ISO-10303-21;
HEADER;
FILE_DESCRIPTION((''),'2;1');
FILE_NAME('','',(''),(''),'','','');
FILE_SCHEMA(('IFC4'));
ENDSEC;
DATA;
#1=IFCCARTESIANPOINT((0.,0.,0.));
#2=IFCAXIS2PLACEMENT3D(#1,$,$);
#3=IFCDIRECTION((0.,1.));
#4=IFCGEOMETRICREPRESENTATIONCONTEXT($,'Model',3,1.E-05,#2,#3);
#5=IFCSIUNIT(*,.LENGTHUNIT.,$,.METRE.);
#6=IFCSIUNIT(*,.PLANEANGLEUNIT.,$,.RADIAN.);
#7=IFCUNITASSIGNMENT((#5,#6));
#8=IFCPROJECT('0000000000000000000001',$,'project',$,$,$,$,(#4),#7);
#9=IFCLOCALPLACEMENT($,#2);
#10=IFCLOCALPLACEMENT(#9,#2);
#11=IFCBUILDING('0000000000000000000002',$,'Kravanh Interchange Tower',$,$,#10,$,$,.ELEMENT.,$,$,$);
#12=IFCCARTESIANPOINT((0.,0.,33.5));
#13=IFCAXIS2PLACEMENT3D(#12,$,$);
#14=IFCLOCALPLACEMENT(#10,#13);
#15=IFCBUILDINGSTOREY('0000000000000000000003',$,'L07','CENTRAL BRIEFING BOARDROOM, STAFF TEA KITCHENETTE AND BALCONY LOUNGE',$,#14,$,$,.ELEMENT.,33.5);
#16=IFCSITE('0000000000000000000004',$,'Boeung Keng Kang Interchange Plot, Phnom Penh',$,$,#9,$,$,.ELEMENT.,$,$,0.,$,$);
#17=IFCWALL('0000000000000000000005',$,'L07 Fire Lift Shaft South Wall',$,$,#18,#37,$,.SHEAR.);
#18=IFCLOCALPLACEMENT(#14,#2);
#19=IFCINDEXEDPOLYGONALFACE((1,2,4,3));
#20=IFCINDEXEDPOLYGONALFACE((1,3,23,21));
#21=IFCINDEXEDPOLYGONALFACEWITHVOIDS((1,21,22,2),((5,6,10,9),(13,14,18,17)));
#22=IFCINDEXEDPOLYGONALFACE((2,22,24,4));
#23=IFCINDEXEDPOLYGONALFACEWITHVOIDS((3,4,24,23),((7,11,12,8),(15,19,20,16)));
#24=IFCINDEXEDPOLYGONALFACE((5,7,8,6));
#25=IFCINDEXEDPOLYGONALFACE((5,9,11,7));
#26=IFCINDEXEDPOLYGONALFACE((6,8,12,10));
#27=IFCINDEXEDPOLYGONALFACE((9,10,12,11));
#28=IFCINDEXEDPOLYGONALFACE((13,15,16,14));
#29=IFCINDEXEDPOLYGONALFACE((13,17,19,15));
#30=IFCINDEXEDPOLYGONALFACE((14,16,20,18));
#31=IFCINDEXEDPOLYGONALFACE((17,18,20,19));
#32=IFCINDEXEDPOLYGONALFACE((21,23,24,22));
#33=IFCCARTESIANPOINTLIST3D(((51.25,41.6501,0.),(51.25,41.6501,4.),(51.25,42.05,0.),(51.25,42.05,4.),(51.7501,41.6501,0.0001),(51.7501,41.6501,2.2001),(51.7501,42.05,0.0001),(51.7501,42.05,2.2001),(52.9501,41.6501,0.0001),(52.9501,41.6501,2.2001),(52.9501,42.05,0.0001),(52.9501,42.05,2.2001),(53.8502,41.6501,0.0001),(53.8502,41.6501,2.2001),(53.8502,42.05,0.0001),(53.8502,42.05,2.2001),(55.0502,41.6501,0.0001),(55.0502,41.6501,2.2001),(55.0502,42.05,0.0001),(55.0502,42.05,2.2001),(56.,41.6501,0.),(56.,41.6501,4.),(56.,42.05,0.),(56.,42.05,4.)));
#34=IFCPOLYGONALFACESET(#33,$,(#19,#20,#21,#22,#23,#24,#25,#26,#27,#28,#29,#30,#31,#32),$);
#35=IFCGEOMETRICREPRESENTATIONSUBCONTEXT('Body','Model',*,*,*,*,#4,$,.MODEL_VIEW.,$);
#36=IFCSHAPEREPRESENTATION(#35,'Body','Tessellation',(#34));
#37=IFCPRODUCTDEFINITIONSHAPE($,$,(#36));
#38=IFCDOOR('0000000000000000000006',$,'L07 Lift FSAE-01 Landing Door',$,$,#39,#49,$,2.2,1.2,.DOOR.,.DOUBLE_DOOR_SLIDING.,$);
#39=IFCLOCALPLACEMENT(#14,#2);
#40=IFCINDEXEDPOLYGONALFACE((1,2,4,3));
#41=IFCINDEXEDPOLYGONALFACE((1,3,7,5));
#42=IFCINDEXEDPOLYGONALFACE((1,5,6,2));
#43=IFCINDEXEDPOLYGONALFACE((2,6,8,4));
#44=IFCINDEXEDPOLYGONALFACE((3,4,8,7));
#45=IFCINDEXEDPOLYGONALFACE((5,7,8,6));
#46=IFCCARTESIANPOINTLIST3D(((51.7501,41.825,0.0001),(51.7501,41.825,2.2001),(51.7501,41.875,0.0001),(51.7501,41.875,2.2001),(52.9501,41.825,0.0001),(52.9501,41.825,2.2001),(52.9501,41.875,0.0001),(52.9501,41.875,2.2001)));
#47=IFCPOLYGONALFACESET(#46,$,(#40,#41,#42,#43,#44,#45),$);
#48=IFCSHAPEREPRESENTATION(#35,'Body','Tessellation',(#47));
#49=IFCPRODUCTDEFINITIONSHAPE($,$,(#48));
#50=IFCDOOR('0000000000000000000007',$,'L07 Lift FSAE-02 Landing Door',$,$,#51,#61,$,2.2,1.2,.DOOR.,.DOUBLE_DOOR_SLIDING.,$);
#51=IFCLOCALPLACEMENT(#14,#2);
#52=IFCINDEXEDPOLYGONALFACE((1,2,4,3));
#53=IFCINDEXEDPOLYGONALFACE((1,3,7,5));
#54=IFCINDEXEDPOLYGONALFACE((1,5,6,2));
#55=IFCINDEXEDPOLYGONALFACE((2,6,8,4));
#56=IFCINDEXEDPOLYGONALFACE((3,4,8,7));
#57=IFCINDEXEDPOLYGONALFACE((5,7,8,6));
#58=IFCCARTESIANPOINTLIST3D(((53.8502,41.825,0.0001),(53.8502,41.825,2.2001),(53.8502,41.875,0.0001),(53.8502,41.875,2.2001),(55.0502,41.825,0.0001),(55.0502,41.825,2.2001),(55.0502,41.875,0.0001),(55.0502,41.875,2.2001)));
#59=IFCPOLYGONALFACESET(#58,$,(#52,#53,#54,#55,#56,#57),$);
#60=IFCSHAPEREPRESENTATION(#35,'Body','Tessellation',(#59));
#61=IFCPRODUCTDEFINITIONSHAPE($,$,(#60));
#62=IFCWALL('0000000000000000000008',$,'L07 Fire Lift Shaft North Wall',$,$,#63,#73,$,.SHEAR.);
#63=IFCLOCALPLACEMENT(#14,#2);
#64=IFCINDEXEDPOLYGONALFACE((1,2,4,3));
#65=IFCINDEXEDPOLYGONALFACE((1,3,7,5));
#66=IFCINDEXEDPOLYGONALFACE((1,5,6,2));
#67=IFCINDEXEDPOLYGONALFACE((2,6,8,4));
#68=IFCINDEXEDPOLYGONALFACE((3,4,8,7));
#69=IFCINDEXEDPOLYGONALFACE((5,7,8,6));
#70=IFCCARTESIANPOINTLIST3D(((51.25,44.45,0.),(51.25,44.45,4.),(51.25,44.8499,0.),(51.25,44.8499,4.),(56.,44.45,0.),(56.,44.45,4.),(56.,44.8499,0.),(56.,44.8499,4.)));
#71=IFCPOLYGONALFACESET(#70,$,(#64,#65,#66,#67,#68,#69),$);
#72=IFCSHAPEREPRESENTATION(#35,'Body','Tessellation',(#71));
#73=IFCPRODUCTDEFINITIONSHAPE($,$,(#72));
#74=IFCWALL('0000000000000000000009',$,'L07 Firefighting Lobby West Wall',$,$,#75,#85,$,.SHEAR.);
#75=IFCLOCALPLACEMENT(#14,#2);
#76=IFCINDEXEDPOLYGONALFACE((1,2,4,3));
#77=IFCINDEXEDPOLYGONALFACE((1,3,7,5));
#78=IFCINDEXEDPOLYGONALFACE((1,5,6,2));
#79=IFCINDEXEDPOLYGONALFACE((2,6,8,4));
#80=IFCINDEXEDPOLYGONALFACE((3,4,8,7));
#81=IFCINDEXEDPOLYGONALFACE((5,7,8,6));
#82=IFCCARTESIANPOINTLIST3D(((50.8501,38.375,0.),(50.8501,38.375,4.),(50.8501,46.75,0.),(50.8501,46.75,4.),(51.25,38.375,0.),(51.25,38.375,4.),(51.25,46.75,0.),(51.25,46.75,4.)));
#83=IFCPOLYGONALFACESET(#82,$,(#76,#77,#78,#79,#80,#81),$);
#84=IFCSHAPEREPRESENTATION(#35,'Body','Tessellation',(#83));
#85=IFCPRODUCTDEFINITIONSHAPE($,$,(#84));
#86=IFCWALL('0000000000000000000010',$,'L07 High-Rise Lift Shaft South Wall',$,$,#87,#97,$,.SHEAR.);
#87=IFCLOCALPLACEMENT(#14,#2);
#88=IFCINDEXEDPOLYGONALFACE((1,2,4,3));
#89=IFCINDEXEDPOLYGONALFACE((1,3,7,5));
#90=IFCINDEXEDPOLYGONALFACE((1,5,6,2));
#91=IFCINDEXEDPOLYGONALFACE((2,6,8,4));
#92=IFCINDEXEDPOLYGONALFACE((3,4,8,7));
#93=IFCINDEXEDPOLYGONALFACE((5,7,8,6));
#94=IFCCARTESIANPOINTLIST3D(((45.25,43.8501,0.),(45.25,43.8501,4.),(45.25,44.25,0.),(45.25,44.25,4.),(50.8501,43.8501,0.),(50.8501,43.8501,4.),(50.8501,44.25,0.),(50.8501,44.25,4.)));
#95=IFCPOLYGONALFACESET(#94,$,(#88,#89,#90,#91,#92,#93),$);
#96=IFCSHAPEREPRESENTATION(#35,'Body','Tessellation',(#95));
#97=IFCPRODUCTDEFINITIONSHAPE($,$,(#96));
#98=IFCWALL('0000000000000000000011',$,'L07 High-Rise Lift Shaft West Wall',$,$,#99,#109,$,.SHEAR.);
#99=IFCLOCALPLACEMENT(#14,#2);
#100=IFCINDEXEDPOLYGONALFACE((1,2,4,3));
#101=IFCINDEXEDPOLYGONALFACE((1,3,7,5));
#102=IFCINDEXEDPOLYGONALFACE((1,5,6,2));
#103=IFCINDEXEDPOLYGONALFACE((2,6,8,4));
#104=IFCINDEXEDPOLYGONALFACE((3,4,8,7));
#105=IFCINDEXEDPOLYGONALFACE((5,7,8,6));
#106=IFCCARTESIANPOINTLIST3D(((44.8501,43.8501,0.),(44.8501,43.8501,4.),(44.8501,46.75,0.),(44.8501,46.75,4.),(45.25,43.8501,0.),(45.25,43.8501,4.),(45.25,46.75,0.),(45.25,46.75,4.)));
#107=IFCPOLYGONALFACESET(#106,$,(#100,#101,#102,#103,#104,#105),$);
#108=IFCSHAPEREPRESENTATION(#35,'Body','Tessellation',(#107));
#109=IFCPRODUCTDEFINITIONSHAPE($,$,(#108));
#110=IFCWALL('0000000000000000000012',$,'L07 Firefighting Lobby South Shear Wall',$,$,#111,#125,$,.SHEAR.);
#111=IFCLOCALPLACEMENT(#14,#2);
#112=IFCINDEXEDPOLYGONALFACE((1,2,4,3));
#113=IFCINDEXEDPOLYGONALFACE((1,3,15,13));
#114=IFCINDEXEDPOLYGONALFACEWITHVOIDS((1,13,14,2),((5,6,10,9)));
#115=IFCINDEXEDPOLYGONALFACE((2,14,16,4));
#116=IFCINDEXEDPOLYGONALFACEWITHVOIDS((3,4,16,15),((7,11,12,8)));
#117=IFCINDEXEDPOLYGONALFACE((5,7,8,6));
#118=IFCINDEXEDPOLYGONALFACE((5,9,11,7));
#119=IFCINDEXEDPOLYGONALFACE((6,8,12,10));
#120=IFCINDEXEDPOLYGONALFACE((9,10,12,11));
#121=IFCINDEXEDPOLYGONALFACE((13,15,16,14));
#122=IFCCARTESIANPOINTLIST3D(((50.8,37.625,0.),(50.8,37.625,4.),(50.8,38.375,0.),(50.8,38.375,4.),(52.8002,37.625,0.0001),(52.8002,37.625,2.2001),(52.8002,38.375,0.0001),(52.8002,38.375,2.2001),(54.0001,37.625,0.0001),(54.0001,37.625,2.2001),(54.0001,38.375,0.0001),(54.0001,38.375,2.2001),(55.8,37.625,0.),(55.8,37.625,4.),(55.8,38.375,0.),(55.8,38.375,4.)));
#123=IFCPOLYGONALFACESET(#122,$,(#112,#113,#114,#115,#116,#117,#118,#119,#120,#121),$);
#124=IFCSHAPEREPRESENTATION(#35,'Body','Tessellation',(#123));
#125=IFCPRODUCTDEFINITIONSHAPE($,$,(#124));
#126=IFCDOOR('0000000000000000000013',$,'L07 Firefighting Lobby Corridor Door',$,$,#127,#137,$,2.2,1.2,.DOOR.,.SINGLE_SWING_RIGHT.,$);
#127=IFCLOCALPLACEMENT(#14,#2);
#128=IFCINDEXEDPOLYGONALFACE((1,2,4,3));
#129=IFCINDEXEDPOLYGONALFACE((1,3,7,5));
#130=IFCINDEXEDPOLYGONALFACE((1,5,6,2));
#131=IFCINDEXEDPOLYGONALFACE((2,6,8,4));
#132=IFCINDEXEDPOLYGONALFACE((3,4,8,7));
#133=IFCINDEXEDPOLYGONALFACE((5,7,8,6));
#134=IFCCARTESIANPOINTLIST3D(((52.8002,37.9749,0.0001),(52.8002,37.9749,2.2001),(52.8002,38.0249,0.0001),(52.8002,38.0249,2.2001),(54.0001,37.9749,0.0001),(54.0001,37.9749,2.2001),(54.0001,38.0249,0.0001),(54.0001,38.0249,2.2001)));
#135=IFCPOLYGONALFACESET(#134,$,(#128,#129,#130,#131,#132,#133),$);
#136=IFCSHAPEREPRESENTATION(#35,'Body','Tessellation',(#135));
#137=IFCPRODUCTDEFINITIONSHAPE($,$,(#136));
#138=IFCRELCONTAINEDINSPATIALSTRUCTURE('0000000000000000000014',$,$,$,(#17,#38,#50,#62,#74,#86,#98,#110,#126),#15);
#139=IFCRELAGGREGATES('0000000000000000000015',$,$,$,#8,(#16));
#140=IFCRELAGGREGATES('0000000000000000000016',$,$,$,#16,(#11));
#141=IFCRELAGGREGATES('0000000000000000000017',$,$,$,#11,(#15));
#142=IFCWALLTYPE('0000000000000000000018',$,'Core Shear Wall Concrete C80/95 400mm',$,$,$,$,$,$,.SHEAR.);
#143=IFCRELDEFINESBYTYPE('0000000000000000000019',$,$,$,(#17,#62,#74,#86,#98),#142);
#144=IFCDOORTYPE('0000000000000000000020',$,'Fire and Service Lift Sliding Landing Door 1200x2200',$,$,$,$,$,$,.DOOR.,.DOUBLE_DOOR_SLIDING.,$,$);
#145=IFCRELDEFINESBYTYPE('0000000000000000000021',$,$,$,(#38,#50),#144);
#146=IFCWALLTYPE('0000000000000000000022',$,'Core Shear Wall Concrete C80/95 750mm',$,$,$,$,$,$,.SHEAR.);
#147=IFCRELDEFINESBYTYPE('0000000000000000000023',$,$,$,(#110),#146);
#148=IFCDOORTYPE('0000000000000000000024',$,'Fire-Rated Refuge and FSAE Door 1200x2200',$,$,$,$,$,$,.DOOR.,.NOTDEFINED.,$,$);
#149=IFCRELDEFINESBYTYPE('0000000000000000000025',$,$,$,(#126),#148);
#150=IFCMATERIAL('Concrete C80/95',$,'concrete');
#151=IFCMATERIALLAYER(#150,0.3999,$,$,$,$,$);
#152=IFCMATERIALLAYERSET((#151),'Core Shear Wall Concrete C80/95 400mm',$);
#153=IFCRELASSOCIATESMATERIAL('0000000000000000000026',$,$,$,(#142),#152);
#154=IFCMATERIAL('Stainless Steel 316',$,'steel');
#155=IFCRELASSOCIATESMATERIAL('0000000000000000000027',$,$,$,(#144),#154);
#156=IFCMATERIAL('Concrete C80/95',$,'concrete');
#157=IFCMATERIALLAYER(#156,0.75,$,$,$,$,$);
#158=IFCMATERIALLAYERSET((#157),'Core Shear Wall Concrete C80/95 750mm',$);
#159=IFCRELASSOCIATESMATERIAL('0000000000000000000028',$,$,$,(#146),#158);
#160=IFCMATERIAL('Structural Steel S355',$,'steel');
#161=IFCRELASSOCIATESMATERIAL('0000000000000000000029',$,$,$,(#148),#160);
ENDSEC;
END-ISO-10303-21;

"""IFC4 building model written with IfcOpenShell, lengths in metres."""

from ifc_helpers import new_model, si_unit, direction, frame, frame_2d, origin, place, context, subcontext, project, spatial, rectangle, extrude, material, layer, layer_set, type_object, element, fill, save


model = new_model("IFC4")

# Units and contexts
model_context = context("Model", 3, precision=1e-05, world=origin(), true_north=direction((0.0, 1.0)))
body_context = subcontext(model_context, "Body", "Model", "MODEL_VIEW")
ifc_project = project(units=[si_unit("LENGTHUNIT", "METRE"), si_unit("PLANEANGLEUNIT", "RADIAN")], contexts=[model_context])

# Site, building, storey
site_placement = place(None, origin())
site = spatial("IfcSite", under=ifc_project, at=site_placement, Name="Boeung Keng Kang Interchange Plot, Phnom Penh", CompositionType="ELEMENT", RefElevation=0.0)
building_placement = place(site_placement, origin())
building = spatial("IfcBuilding", under=site, at=building_placement, Name="Kravanh Interchange Tower", CompositionType="ELEMENT")
storey_placement = place(building_placement, frame((0.0, 0.0, 33.5)))
storey = spatial("IfcBuildingStorey", under=building, at=storey_placement, Name="L07", Description="CENTRAL BRIEFING BOARDROOM, STAFF TEA KITCHENETTE AND BALCONY LOUNGE", CompositionType="ELEMENT", Elevation=33.5)

# Wall, openings, doors
ifc_material_1 = material(Name="Concrete C80/95", Category="concrete")
ifc_layer_1 = layer(ifc_material_1, 0.3999)
ifc_layer_set_1 = layer_set([ifc_layer_1], Name="Core Shear Wall Concrete C80/95 400mm")
wall_type_1 = type_object("IfcWallType", Name="Core Shear Wall Concrete C80/95 400mm", PredefinedType="SHEAR", material=ifc_layer_set_1)
wall_1_placement = place(storey_placement, frame((51.25, 41.8501, 0.0), z_axis=(0.0, 0.0, 1.0), x_axis=(1.0, 0.0, 0.0)))
wall_1 = element("IfcWall", 1, at=wall_1_placement, inside=storey, type_object=wall_type_1, Name="L07 Fire Lift Shaft South Wall", PredefinedType="SHEAR", context=body_context, shape_type="SweptSolid", body=[
    extrude(rectangle(XDim=4.75, YDim=0.3999, at=frame_2d((2.375, 0.0))), origin(), (0.0, 0.0, 1.0), 4.0),
])
opening_1_placement = place(wall_1_placement, frame((0.5, 0.0, 0.0)))
opening_1 = element("IfcOpeningElement", 2, at=opening_1_placement, cuts=wall_1, PredefinedType="OPENING", context=body_context, shape_type="SweptSolid", body=[
    extrude(rectangle(XDim=1.2, YDim=2.2, at=frame_2d((0.6001, 1.1001))), frame((0.0, 0.21, 0.0), z_axis=(0.0, -1.0, 0.0), x_axis=(1.0, 0.0, 0.0)), (0.0, 0.0, 1.0), 0.4199),
])
opening_2_placement = place(wall_1_placement, frame((2.6001, 0.0, 0.0)))
opening_2 = element("IfcOpeningElement", 3, at=opening_2_placement, cuts=wall_1, PredefinedType="OPENING", context=body_context, shape_type="SweptSolid", body=[
    extrude(rectangle(XDim=1.2, YDim=2.2, at=frame_2d((0.6001, 1.1001))), frame((0.0, 0.21, 0.0), z_axis=(0.0, -1.0, 0.0), x_axis=(1.0, 0.0, 0.0)), (0.0, 0.0, 1.0), 0.4199),
])
ifc_material_2 = material(Name="Stainless Steel 316", Category="steel")
door_type_1 = type_object("IfcDoorType", Name="Fire and Service Lift Sliding Landing Door 1200x2200", OperationType="DOUBLE_DOOR_SLIDING", PredefinedType="DOOR", material=ifc_material_2)
door_1_placement = place(opening_1_placement, origin())
door_1 = element("IfcDoor", 4, at=door_1_placement, inside=storey, type_object=door_type_1, Name="L07 Lift FSAE-01 Landing Door", OperationType="DOUBLE_DOOR_SLIDING", OverallHeight=2.2, OverallWidth=1.2, PredefinedType="DOOR", context=body_context, shape_type="SweptSolid", body=[
    extrude(rectangle(XDim=1.2, YDim=2.2, at=frame_2d((0.6001, 1.1001))), frame((0.0, 0.0249, 0.0), z_axis=(0.0, -1.0, 0.0), x_axis=(1.0, 0.0, 0.0)), (0.0, 0.0, 1.0), 0.05),
])
fill(opening_1, door_1)
door_2_placement = place(opening_2_placement, origin())
door_2 = element("IfcDoor", 5, at=door_2_placement, inside=storey, type_object=door_type_1, Name="L07 Lift FSAE-02 Landing Door", OperationType="DOUBLE_DOOR_SLIDING", OverallHeight=2.2, OverallWidth=1.2, PredefinedType="DOOR", context=body_context, shape_type="SweptSolid", body=[
    extrude(rectangle(XDim=1.2, YDim=2.2, at=frame_2d((0.6001, 1.1001))), frame((0.0, 0.0249, 0.0), z_axis=(0.0, -1.0, 0.0), x_axis=(1.0, 0.0, 0.0)), (0.0, 0.0, 1.0), 0.05),
])
fill(opening_2, door_2)

# Walls
wall_2_placement = place(storey_placement, frame((51.25, 44.6499, 0.0), z_axis=(0.0, 0.0, 1.0), x_axis=(1.0, 0.0, 0.0)))
element("IfcWall", 6, at=wall_2_placement, inside=storey, type_object=wall_type_1, Name="L07 Fire Lift Shaft North Wall", PredefinedType="SHEAR", context=body_context, shape_type="SweptSolid", body=[
    extrude(rectangle(XDim=4.75, YDim=0.3999, at=frame_2d((2.375, 0.0))), origin(), (0.0, 0.0, 1.0), 4.0),
])
wall_3_placement = place(storey_placement, frame((51.05, 38.375, 0.0), z_axis=(0.0, 0.0, 1.0), x_axis=(0.0, 1.0, 0.0)))
element("IfcWall", 7, at=wall_3_placement, inside=storey, type_object=wall_type_1, Name="L07 Firefighting Lobby West Wall", PredefinedType="SHEAR", context=body_context, shape_type="SweptSolid", body=[
    extrude(rectangle(XDim=8.375, YDim=0.3999, at=frame_2d((4.1875, 0.0))), origin(), (0.0, 0.0, 1.0), 4.0),
])
wall_4_placement = place(storey_placement, frame((45.25, 44.05, 0.0), z_axis=(0.0, 0.0, 1.0), x_axis=(1.0, 0.0, 0.0)))
element("IfcWall", 8, at=wall_4_placement, inside=storey, type_object=wall_type_1, Name="L07 High-Rise Lift Shaft South Wall", PredefinedType="SHEAR", context=body_context, shape_type="SweptSolid", body=[
    extrude(rectangle(XDim=5.6001, YDim=0.3999, at=frame_2d((2.8, 0.0))), origin(), (0.0, 0.0, 1.0), 4.0),
])
wall_5_placement = place(storey_placement, frame((45.05, 43.8501, 0.0), z_axis=(0.0, 0.0, 1.0), x_axis=(0.0, 1.0, 0.0)))
element("IfcWall", 9, at=wall_5_placement, inside=storey, type_object=wall_type_1, Name="L07 High-Rise Lift Shaft West Wall", PredefinedType="SHEAR", context=body_context, shape_type="SweptSolid", body=[
    extrude(rectangle(XDim=2.8999, YDim=0.3999, at=frame_2d((1.45, 0.0))), origin(), (0.0, 0.0, 1.0), 4.0),
])

# Shared definitions
ifc_material_3 = material(Name="Concrete C80/95", Category="concrete")
ifc_layer_2 = layer(ifc_material_3, 0.75)
ifc_layer_set_2 = layer_set([ifc_layer_2], Name="Core Shear Wall Concrete C80/95 750mm")
wall_type_2 = type_object("IfcWallType", Name="Core Shear Wall Concrete C80/95 750mm", PredefinedType="SHEAR", material=ifc_layer_set_2)

# Wall, opening, door
wall_6_placement = place(storey_placement, frame((50.8, 38.0, 0.0), z_axis=(0.0, 0.0, 1.0), x_axis=(1.0, 0.0, 0.0)))
wall_6 = element("IfcWall", 10, at=wall_6_placement, inside=storey, type_object=wall_type_2, Name="L07 Firefighting Lobby South Shear Wall", PredefinedType="SHEAR", context=body_context, shape_type="SweptSolid", body=[
    extrude(rectangle(XDim=5.0, YDim=0.75, at=frame_2d((2.5, 0.0))), origin(), (0.0, 0.0, 1.0), 4.0),
])
opening_3_placement = place(wall_6_placement, frame((2.0, 0.0, 0.0)))
opening_3 = element("IfcOpeningElement", 11, at=opening_3_placement, cuts=wall_6, PredefinedType="OPENING", context=body_context, shape_type="SweptSolid", body=[
    extrude(rectangle(XDim=1.2, YDim=2.2, at=frame_2d((0.6001, 1.1001))), frame((0.0, 0.385, 0.0), z_axis=(0.0, -1.0, 0.0), x_axis=(1.0, 0.0, 0.0)), (0.0, 0.0, 1.0), 0.77),
])
ifc_material_4 = material(Name="Structural Steel S355", Category="steel")
door_type_2 = type_object("IfcDoorType", Name="Fire-Rated Refuge and FSAE Door 1200x2200", OperationType="NOTDEFINED", PredefinedType="DOOR", material=ifc_material_4)
door_3_placement = place(opening_3_placement, origin())
door_3 = element("IfcDoor", 12, at=door_3_placement, inside=storey, type_object=door_type_2, Name="L07 Firefighting Lobby Corridor Door", OperationType="SINGLE_SWING_RIGHT", OverallHeight=2.2, OverallWidth=1.2, PredefinedType="DOOR", context=body_context, shape_type="SweptSolid", body=[
    extrude(rectangle(XDim=1.2, YDim=2.2, at=frame_2d((0.6001, 1.1001))), frame((0.0, 0.0249, 0.0), z_axis=(0.0, -1.0, 0.0), x_axis=(1.0, 0.0, 0.0)), (0.0, 0.0, 1.0), 0.05),
])
fill(opening_3, door_3)

save(model, "model.ifc")
